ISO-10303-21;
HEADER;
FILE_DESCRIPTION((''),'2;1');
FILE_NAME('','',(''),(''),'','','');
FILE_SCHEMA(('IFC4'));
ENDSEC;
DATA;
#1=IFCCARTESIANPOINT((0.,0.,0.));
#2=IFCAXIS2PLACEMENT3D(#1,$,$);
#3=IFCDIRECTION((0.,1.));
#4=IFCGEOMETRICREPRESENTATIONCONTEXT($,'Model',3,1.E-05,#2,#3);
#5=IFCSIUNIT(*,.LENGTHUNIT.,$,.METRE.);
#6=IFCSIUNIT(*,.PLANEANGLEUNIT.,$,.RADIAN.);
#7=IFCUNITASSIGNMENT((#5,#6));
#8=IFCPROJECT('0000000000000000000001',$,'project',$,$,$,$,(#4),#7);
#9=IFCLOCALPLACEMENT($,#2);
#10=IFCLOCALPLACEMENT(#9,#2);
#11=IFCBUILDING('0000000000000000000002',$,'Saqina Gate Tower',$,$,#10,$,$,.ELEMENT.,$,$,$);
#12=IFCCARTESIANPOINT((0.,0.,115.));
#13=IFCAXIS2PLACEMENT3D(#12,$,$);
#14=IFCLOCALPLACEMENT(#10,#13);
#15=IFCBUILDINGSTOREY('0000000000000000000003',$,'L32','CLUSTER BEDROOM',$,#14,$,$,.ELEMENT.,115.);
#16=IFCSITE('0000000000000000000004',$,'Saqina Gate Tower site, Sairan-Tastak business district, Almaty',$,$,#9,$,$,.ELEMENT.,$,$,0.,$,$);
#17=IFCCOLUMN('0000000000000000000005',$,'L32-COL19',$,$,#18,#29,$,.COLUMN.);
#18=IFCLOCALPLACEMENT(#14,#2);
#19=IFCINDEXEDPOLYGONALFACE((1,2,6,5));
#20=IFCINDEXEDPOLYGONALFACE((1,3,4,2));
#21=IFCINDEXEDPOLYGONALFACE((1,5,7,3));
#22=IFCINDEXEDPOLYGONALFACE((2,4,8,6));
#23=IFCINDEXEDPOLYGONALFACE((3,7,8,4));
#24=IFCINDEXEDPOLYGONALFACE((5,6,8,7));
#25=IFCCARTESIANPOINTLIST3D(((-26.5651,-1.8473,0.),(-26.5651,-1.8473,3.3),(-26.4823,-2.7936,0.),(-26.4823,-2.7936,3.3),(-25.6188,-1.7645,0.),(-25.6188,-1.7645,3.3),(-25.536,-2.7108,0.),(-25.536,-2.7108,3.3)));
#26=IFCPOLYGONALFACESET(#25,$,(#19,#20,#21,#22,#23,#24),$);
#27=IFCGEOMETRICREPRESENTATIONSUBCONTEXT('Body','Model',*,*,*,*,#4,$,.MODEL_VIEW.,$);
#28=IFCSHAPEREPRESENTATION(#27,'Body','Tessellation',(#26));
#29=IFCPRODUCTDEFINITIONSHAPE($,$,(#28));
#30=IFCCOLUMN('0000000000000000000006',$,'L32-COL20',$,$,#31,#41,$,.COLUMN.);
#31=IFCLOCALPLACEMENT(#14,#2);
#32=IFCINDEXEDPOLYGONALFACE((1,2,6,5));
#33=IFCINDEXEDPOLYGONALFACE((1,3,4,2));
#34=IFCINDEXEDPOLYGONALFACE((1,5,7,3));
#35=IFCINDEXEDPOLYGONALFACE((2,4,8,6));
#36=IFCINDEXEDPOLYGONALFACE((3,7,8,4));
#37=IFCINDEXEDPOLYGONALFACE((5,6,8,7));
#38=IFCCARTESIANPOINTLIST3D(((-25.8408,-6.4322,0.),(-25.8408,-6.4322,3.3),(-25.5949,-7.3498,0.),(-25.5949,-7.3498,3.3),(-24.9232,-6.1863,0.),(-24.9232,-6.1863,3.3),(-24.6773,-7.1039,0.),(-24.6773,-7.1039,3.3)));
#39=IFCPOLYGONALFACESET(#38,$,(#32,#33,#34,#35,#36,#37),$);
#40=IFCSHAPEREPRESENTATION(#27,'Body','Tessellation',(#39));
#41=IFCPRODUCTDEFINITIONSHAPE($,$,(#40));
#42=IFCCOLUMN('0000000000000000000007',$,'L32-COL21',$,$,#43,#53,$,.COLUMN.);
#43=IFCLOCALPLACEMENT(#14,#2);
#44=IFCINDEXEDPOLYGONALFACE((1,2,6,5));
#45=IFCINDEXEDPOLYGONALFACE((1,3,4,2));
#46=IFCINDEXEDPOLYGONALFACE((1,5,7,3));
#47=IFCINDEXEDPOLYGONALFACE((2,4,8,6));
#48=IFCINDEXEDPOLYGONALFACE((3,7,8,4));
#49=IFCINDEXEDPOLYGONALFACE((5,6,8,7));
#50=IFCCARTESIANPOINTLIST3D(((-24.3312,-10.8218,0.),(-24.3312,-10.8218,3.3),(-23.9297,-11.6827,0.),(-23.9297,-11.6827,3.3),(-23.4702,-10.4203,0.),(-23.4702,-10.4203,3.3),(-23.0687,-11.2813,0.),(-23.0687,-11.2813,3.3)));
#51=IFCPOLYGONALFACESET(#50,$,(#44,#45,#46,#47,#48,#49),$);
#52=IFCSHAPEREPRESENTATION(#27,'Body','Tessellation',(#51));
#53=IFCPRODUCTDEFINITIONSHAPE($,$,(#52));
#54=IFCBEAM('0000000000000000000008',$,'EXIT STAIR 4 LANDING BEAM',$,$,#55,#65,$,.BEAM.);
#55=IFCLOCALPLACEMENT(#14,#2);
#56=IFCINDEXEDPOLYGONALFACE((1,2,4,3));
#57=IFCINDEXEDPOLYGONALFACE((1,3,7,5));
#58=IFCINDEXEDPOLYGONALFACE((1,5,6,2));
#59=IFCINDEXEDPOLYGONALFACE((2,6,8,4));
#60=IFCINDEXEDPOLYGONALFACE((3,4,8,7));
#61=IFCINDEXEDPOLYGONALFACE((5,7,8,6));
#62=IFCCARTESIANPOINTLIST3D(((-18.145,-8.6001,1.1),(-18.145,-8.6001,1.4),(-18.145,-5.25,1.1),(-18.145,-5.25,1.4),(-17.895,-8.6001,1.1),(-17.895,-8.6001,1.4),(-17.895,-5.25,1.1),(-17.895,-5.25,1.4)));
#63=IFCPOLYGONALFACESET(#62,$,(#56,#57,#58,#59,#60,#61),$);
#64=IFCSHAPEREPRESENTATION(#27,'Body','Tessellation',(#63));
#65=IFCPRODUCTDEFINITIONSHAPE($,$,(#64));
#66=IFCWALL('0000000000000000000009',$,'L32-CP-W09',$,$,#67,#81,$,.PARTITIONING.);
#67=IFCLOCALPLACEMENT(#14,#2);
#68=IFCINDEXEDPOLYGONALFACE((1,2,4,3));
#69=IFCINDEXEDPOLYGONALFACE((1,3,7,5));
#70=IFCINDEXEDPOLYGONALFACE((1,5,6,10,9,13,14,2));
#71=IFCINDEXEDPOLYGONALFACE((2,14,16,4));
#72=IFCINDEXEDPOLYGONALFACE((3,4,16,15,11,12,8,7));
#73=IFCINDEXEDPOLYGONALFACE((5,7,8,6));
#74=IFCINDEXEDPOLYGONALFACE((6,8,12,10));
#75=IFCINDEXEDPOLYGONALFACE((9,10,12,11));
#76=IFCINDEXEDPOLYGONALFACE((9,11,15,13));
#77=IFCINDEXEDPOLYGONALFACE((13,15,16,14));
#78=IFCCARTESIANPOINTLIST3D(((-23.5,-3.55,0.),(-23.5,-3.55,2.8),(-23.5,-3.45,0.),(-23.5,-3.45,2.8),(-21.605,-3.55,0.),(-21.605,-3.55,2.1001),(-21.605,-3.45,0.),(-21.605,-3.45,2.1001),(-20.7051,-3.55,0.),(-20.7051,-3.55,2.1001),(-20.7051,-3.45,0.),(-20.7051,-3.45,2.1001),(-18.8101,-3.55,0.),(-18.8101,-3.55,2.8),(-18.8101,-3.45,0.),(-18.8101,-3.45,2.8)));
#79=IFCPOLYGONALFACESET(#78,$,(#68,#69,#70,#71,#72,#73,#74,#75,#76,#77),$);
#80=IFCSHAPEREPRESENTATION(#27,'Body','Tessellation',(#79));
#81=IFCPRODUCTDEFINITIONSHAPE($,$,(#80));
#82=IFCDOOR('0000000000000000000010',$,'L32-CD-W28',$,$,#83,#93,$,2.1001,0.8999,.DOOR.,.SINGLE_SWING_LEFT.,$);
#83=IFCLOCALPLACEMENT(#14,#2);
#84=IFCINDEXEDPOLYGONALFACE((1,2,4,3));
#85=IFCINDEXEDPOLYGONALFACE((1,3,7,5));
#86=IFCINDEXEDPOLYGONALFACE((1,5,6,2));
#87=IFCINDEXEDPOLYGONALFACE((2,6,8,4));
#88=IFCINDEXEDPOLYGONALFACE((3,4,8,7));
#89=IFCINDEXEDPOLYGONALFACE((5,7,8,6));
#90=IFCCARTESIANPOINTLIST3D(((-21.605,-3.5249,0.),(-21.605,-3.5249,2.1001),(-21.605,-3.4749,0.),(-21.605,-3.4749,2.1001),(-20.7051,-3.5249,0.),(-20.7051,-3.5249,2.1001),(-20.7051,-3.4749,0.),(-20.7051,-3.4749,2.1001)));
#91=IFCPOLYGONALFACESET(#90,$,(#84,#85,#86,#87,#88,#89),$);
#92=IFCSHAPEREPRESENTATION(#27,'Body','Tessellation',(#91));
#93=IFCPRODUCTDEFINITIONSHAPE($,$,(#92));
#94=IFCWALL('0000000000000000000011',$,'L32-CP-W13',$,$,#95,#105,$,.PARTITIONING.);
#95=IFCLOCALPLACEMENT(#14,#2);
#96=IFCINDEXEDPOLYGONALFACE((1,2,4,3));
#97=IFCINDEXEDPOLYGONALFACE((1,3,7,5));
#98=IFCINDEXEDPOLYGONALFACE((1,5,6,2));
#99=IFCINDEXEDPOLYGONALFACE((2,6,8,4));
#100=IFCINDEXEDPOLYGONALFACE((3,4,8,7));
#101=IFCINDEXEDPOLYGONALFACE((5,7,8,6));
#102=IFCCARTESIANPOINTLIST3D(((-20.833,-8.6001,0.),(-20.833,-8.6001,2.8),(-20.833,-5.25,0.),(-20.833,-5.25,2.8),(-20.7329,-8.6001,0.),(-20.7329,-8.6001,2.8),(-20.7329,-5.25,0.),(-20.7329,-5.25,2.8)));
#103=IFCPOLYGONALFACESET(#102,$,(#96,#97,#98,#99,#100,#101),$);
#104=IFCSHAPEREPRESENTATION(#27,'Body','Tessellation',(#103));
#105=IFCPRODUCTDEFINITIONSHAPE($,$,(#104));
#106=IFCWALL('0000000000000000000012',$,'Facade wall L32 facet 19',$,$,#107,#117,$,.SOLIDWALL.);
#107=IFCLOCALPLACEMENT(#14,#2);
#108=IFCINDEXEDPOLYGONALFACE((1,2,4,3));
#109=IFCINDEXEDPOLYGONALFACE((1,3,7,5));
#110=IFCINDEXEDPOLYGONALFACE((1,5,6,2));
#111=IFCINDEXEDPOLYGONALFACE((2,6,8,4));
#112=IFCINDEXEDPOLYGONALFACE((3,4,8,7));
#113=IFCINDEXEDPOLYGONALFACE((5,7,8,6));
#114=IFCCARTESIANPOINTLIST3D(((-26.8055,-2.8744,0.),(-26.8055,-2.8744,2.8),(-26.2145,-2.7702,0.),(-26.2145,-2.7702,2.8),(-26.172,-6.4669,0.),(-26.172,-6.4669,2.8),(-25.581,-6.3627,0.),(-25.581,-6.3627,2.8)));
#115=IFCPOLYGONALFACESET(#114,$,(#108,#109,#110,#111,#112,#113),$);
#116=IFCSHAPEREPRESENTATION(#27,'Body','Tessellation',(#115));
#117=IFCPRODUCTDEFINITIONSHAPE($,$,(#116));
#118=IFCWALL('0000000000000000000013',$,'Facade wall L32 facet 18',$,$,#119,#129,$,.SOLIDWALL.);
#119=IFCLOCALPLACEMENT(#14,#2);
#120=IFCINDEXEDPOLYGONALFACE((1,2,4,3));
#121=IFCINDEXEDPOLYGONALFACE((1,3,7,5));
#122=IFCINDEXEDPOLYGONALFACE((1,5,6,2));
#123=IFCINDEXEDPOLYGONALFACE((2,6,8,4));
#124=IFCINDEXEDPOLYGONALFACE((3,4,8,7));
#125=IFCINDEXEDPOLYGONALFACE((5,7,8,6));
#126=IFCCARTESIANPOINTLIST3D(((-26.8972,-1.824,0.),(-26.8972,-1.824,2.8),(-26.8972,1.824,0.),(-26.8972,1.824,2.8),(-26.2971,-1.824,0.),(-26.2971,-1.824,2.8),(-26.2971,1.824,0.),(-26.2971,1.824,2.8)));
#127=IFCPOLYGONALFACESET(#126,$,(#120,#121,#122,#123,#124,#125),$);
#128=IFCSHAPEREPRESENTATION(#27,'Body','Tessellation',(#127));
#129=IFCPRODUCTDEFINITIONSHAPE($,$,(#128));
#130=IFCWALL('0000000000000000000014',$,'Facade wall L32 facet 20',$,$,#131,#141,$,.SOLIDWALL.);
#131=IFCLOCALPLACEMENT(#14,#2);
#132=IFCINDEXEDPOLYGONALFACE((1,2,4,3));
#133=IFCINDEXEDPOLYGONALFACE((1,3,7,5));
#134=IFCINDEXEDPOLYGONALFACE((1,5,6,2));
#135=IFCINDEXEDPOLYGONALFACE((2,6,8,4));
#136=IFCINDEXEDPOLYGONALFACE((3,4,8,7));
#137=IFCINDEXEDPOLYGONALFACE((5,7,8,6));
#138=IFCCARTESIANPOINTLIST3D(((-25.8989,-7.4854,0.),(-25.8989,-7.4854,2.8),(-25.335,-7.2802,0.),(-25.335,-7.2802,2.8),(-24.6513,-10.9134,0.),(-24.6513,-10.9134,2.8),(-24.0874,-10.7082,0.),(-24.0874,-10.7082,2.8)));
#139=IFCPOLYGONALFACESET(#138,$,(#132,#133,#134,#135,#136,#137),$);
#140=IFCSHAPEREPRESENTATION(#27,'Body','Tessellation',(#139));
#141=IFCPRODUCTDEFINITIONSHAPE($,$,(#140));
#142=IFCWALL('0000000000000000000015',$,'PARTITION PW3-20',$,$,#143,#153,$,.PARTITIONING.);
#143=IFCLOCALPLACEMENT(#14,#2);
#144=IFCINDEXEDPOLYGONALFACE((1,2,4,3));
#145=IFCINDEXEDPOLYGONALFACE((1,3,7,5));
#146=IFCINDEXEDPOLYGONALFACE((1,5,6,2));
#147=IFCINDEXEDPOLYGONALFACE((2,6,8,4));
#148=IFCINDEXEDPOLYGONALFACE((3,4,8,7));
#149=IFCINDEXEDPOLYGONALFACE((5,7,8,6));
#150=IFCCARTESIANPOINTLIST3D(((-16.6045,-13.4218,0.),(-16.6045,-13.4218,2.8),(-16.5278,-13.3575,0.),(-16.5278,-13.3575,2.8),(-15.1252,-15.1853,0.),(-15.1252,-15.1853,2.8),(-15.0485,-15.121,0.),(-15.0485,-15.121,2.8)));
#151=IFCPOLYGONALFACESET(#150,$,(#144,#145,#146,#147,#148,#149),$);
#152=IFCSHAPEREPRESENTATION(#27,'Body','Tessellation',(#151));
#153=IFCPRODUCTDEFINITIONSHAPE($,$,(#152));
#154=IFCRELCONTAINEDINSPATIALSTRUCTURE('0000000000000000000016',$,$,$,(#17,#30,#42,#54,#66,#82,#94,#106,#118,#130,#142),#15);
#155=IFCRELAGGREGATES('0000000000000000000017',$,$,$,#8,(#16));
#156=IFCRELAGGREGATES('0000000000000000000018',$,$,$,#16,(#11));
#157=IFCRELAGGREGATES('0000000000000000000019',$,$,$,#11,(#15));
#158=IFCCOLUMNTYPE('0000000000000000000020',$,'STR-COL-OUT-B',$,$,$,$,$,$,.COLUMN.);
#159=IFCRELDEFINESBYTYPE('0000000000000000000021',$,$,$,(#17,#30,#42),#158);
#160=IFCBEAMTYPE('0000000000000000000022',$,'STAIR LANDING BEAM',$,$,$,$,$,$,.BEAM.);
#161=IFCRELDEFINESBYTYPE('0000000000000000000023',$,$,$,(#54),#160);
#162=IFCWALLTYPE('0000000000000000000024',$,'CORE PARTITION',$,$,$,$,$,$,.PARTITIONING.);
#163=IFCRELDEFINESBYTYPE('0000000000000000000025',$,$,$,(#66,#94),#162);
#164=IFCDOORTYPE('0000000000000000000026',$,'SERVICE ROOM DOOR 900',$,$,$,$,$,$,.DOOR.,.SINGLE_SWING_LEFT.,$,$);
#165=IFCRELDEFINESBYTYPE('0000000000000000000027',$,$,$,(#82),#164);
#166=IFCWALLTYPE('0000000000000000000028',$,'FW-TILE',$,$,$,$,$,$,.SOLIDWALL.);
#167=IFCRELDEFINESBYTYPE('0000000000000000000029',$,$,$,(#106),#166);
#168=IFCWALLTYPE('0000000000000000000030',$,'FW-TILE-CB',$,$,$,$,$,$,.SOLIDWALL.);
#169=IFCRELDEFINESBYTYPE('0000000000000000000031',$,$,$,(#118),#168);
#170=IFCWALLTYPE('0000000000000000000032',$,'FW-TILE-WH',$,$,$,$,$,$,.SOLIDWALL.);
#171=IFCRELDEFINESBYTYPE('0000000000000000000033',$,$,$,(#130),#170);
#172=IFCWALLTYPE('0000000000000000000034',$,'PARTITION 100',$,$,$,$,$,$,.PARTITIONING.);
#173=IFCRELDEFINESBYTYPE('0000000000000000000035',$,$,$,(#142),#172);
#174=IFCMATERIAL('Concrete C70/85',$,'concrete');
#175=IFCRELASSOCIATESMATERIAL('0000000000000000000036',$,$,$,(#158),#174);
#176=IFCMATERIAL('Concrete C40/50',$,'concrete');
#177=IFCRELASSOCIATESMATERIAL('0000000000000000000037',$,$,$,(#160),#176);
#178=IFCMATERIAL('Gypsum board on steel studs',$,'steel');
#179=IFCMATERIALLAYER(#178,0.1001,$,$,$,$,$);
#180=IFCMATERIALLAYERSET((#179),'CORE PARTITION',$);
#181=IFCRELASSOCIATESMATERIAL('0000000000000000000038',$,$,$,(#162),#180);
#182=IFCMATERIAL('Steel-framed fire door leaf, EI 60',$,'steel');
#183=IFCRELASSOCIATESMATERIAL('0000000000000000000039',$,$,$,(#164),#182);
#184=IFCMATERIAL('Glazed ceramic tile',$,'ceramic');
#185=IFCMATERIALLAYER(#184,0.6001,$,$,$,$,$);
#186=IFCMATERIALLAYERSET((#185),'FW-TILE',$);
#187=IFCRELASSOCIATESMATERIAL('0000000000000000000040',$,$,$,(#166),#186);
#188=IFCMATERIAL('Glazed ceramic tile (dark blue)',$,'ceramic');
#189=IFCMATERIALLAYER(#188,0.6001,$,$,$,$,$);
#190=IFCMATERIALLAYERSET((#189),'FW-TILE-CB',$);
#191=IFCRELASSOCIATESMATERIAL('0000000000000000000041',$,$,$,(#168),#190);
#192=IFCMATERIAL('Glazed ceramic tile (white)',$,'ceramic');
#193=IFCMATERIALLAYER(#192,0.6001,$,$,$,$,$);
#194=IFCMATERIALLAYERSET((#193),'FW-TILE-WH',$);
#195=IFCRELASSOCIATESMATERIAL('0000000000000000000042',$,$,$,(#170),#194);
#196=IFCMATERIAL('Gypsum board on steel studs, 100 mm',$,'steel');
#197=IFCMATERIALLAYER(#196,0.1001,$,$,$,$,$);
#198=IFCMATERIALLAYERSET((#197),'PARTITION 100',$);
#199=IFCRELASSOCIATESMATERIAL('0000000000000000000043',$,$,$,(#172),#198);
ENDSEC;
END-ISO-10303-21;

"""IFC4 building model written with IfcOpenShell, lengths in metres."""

from ifc_helpers import new_model, si_unit, direction, frame, frame_2d, origin, origin_2d, place, context, subcontext, project, spatial, rectangle, extrude, material, layer, layer_set, material_profile, profile_set, type_object, element, fill, save


model = new_model("IFC4")

# Units and contexts
model_context = context("Model", 3, precision=1e-05, world=origin(), true_north=direction((0.0, 1.0)))
body_context = subcontext(model_context, "Body", "Model", "MODEL_VIEW")
ifc_project = project(units=[si_unit("LENGTHUNIT", "METRE"), si_unit("PLANEANGLEUNIT", "RADIAN")], contexts=[model_context])

# Site, building, storey
site_placement = place(None, origin())
site = spatial("IfcSite", under=ifc_project, at=site_placement, Name="Saqina Gate Tower site, Sairan-Tastak business district, Almaty", CompositionType="ELEMENT", RefElevation=0.0)
building_placement = place(site_placement, origin())
building = spatial("IfcBuilding", under=site, at=building_placement, Name="Saqina Gate Tower", CompositionType="ELEMENT")
storey_placement = place(building_placement, frame((0.0, 0.0, 115.0)))
storey = spatial("IfcBuildingStorey", under=building, at=storey_placement, Name="L32", Description="CLUSTER BEDROOM", CompositionType="ELEMENT", Elevation=115.0)

# Columns
ifc_material_1 = material(Name="Concrete C70/85", Category="concrete")
ifc_material_profile_1 = material_profile(ifc_material_1, rectangle(XDim=0.95, YDim=0.95, at=origin_2d()), Name="RC 950x950")
ifc_profile_set_1 = profile_set([ifc_material_profile_1], Name="Concrete C70/85")
column_type = type_object("IfcColumnType", Name="STR-COL-OUT-B", PredefinedType="COLUMN", material=ifc_profile_set_1)
for number, where, z_axis, x_axis, name in (
    (1, (-26.0505, -2.2791, 0.0), (0.0, 0.0, 1.0), (-0.996195, -0.087156, 0.0), "L32-COL19"),
    (2, (-25.259, -6.7681, 0.0), (0.0, 0.0, 1.0), (-0.965926, -0.258819, 0.0), "L32-COL20"),
    (3, (-23.7, -11.0515, 0.0), (0.0, 0.0, 1.0), (-0.906308, -0.422618, 0.0), "L32-COL21"),
):
    element("IfcColumn", number, at=place(storey_placement, frame(where, z_axis=z_axis, x_axis=x_axis)), inside=storey, type_object=column_type, Name=name, PredefinedType="COLUMN", context=body_context, shape_type="SweptSolid", body=[
        extrude(rectangle(XDim=0.95, YDim=0.95, at=origin_2d()), origin(), (0.0, 0.0, 1.0), 3.3),
    ])

# Beam
ifc_material_2 = material(Name="Concrete C40/50", Category="concrete")
ifc_material_profile_2 = material_profile(ifc_material_2, rectangle(XDim=0.25, YDim=0.3, at=origin_2d()), Name="STAIR LANDING BEAM")
ifc_profile_set_2 = profile_set([ifc_material_profile_2], Name="Concrete C40/50")
beam_type = type_object("IfcBeamType", Name="STAIR LANDING BEAM", PredefinedType="BEAM", material=ifc_profile_set_2)
beam_placement = place(storey_placement, frame((-18.02, -8.6001, 1.25), z_axis=(0.0, 1.0, 0.0), x_axis=(-1.0, 0.0, 0.0)))
element("IfcBeam", 4, at=beam_placement, inside=storey, type_object=beam_type, Name="EXIT STAIR 4 LANDING BEAM", PredefinedType="BEAM", context=body_context, shape_type="SweptSolid", body=[
    extrude(rectangle(XDim=0.25, YDim=0.3, at=origin_2d()), origin(), (0.0, 0.0, 1.0), 3.3501),
])

# Wall, opening, door
ifc_material_3 = material(Name="Gypsum board on steel studs", Category="steel")
ifc_layer_1 = layer(ifc_material_3, 0.1001)
ifc_layer_set_1 = layer_set([ifc_layer_1], Name="CORE PARTITION")
wall_type_1 = type_object("IfcWallType", Name="CORE PARTITION", PredefinedType="PARTITIONING", material=ifc_layer_set_1)
wall_1_placement = place(storey_placement, frame((-18.8101, -3.5, 0.0), z_axis=(0.0, 0.0, 1.0), x_axis=(-1.0, 0.0, 0.0)))
wall_1 = element("IfcWall", 5, at=wall_1_placement, inside=storey, type_object=wall_type_1, Name="L32-CP-W09", PredefinedType="PARTITIONING", context=body_context, shape_type="SweptSolid", body=[
    extrude(rectangle(XDim=4.6899, YDim=0.1001, at=frame_2d((2.345, 0.0))), origin(), (0.0, 0.0, 1.0), 2.8),
])
opening_1_placement = place(wall_1_placement, frame((1.895, 0.0, 0.0)))
opening_1 = element("IfcOpeningElement", 6, at=opening_1_placement, cuts=wall_1, PredefinedType="OPENING", context=body_context, shape_type="SweptSolid", body=[
    extrude(rectangle(XDim=0.8999, YDim=2.1001, at=frame_2d((0.45, 1.05))), frame((0.0, 0.062, 0.0), z_axis=(0.0, -1.0, 0.0), x_axis=(1.0, 0.0, 0.0)), (0.0, 0.0, 1.0), 0.124),
])
ifc_material_4 = material(Name="Steel-framed fire door leaf, EI 60", Category="steel")
door_type_1 = type_object("IfcDoorType", Name="SERVICE ROOM DOOR 900", OperationType="SINGLE_SWING_LEFT", PredefinedType="DOOR", material=ifc_material_4)
door_1_placement = place(opening_1_placement, origin())
door_1 = element("IfcDoor", 7, at=door_1_placement, inside=storey, type_object=door_type_1, Name="L32-CD-W28", OperationType="SINGLE_SWING_LEFT", OverallHeight=2.1001, OverallWidth=0.8999, PredefinedType="DOOR", context=body_context, shape_type="SweptSolid", body=[
    extrude(rectangle(XDim=0.8999, YDim=2.1001, at=frame_2d((0.45, 1.05))), frame((0.0, 0.0249, 0.0), z_axis=(0.0, -1.0, 0.0), x_axis=(1.0, 0.0, 0.0)), (0.0, 0.0, 1.0), 0.05),
])
fill(opening_1, door_1)

# Wall
wall_2_placement = place(storey_placement, frame((-20.783, -8.6001, 0.0), z_axis=(0.0, 0.0, 1.0), x_axis=(0.0, 1.0, 0.0)))
element("IfcWall", 8, at=wall_2_placement, inside=storey, type_object=wall_type_1, Name="L32-CP-W13", PredefinedType="PARTITIONING", context=body_context, shape_type="SweptSolid", body=[
    extrude(rectangle(XDim=3.3501, YDim=0.1001, at=frame_2d((1.675, 0.0))), origin(), (0.0, 0.0, 1.0), 2.8),
])

# Walls
ifc_material_5 = material(Name="Glazed ceramic tile", Category="ceramic")
ifc_layer_2 = layer(ifc_material_5, 0.6001)
ifc_layer_set_2 = layer_set([ifc_layer_2], Name="FW-TILE")
wall_type_2 = type_object("IfcWallType", Name="FW-TILE", PredefinedType="SOLIDWALL", material=ifc_layer_set_2)
wall_3_placement = place(storey_placement, frame((-26.51, -2.8223, 0.0), z_axis=(0.0, 0.0, 1.0), x_axis=(0.173671, -0.984804, 0.0)))
element("IfcWall", 9, at=wall_3_placement, inside=storey, type_object=wall_type_2, Name="Facade wall L32 facet 19", PredefinedType="SOLIDWALL", context=body_context, shape_type="SweptSolid", body=[
    extrude(rectangle(XDim=3.6479, YDim=0.6001, at=frame_2d((1.824, 0.0))), origin(), (0.0, 0.0, 1.0), 2.8),
])
ifc_material_6 = material(Name="Glazed ceramic tile (dark blue)", Category="ceramic")
ifc_layer_3 = layer(ifc_material_6, 0.6001)
ifc_layer_set_3 = layer_set([ifc_layer_3], Name="FW-TILE-CB")
wall_type_3 = type_object("IfcWallType", Name="FW-TILE-CB", PredefinedType="SOLIDWALL", material=ifc_layer_set_3)
wall_4_placement = place(storey_placement, frame((-26.5972, 1.824, 0.0), z_axis=(0.0, 0.0, 1.0), x_axis=(0.0, -1.0, 0.0)))
element("IfcWall", 10, at=wall_4_placement, inside=storey, type_object=wall_type_3, Name="Facade wall L32 facet 18", PredefinedType="SOLIDWALL", context=body_context, shape_type="SweptSolid", body=[
    extrude(rectangle(XDim=3.6479, YDim=0.6001, at=frame_2d((1.824, 0.0))), origin(), (0.0, 0.0, 1.0), 2.8),
])
ifc_material_7 = material(Name="Glazed ceramic tile (white)", Category="ceramic")
ifc_layer_4 = layer(ifc_material_7, 0.6001)
ifc_layer_set_4 = layer_set([ifc_layer_4], Name="FW-TILE-WH")
wall_type_4 = type_object("IfcWallType", Name="FW-TILE-WH", PredefinedType="SOLIDWALL", material=ifc_layer_set_4)
wall_5_placement = place(storey_placement, frame((-25.6169, -7.3828, 0.0), z_axis=(0.0, 0.0, 1.0), x_axis=(0.34199, -0.939704, 0.0)))
element("IfcWall", 11, at=wall_5_placement, inside=storey, type_object=wall_type_4, Name="Facade wall L32 facet 20", PredefinedType="SOLIDWALL", context=body_context, shape_type="SweptSolid", body=[
    extrude(rectangle(XDim=3.6479, YDim=0.6001, at=frame_2d((1.824, 0.0))), origin(), (0.0, 0.0, 1.0), 2.8),
])
ifc_material_8 = material(Name="Gypsum board on steel studs, 100 mm", Category="steel")
ifc_layer_5 = layer(ifc_material_8, 0.1001)
ifc_layer_set_5 = layer_set([ifc_layer_5], Name="PARTITION 100")
wall_type_5 = type_object("IfcWallType", Name="PARTITION 100", PredefinedType="PARTITIONING", material=ifc_layer_set_5)
wall_6_placement = place(storey_placement, frame((-16.5662, -13.3896, 0.0), z_axis=(0.0, 0.0, 1.0), x_axis=(0.642675, -0.766139, 0.0)))
element("IfcWall", 12, at=wall_6_placement, inside=storey, type_object=wall_type_5, Name="PARTITION PW3-20", PredefinedType="PARTITIONING", context=body_context, shape_type="SweptSolid", body=[
    extrude(rectangle(XDim=2.3018, YDim=0.1001, at=frame_2d((1.1509, 0.0))), origin(), (0.0, 0.0, 1.0), 2.8),
])

save(model, "model.ifc")
